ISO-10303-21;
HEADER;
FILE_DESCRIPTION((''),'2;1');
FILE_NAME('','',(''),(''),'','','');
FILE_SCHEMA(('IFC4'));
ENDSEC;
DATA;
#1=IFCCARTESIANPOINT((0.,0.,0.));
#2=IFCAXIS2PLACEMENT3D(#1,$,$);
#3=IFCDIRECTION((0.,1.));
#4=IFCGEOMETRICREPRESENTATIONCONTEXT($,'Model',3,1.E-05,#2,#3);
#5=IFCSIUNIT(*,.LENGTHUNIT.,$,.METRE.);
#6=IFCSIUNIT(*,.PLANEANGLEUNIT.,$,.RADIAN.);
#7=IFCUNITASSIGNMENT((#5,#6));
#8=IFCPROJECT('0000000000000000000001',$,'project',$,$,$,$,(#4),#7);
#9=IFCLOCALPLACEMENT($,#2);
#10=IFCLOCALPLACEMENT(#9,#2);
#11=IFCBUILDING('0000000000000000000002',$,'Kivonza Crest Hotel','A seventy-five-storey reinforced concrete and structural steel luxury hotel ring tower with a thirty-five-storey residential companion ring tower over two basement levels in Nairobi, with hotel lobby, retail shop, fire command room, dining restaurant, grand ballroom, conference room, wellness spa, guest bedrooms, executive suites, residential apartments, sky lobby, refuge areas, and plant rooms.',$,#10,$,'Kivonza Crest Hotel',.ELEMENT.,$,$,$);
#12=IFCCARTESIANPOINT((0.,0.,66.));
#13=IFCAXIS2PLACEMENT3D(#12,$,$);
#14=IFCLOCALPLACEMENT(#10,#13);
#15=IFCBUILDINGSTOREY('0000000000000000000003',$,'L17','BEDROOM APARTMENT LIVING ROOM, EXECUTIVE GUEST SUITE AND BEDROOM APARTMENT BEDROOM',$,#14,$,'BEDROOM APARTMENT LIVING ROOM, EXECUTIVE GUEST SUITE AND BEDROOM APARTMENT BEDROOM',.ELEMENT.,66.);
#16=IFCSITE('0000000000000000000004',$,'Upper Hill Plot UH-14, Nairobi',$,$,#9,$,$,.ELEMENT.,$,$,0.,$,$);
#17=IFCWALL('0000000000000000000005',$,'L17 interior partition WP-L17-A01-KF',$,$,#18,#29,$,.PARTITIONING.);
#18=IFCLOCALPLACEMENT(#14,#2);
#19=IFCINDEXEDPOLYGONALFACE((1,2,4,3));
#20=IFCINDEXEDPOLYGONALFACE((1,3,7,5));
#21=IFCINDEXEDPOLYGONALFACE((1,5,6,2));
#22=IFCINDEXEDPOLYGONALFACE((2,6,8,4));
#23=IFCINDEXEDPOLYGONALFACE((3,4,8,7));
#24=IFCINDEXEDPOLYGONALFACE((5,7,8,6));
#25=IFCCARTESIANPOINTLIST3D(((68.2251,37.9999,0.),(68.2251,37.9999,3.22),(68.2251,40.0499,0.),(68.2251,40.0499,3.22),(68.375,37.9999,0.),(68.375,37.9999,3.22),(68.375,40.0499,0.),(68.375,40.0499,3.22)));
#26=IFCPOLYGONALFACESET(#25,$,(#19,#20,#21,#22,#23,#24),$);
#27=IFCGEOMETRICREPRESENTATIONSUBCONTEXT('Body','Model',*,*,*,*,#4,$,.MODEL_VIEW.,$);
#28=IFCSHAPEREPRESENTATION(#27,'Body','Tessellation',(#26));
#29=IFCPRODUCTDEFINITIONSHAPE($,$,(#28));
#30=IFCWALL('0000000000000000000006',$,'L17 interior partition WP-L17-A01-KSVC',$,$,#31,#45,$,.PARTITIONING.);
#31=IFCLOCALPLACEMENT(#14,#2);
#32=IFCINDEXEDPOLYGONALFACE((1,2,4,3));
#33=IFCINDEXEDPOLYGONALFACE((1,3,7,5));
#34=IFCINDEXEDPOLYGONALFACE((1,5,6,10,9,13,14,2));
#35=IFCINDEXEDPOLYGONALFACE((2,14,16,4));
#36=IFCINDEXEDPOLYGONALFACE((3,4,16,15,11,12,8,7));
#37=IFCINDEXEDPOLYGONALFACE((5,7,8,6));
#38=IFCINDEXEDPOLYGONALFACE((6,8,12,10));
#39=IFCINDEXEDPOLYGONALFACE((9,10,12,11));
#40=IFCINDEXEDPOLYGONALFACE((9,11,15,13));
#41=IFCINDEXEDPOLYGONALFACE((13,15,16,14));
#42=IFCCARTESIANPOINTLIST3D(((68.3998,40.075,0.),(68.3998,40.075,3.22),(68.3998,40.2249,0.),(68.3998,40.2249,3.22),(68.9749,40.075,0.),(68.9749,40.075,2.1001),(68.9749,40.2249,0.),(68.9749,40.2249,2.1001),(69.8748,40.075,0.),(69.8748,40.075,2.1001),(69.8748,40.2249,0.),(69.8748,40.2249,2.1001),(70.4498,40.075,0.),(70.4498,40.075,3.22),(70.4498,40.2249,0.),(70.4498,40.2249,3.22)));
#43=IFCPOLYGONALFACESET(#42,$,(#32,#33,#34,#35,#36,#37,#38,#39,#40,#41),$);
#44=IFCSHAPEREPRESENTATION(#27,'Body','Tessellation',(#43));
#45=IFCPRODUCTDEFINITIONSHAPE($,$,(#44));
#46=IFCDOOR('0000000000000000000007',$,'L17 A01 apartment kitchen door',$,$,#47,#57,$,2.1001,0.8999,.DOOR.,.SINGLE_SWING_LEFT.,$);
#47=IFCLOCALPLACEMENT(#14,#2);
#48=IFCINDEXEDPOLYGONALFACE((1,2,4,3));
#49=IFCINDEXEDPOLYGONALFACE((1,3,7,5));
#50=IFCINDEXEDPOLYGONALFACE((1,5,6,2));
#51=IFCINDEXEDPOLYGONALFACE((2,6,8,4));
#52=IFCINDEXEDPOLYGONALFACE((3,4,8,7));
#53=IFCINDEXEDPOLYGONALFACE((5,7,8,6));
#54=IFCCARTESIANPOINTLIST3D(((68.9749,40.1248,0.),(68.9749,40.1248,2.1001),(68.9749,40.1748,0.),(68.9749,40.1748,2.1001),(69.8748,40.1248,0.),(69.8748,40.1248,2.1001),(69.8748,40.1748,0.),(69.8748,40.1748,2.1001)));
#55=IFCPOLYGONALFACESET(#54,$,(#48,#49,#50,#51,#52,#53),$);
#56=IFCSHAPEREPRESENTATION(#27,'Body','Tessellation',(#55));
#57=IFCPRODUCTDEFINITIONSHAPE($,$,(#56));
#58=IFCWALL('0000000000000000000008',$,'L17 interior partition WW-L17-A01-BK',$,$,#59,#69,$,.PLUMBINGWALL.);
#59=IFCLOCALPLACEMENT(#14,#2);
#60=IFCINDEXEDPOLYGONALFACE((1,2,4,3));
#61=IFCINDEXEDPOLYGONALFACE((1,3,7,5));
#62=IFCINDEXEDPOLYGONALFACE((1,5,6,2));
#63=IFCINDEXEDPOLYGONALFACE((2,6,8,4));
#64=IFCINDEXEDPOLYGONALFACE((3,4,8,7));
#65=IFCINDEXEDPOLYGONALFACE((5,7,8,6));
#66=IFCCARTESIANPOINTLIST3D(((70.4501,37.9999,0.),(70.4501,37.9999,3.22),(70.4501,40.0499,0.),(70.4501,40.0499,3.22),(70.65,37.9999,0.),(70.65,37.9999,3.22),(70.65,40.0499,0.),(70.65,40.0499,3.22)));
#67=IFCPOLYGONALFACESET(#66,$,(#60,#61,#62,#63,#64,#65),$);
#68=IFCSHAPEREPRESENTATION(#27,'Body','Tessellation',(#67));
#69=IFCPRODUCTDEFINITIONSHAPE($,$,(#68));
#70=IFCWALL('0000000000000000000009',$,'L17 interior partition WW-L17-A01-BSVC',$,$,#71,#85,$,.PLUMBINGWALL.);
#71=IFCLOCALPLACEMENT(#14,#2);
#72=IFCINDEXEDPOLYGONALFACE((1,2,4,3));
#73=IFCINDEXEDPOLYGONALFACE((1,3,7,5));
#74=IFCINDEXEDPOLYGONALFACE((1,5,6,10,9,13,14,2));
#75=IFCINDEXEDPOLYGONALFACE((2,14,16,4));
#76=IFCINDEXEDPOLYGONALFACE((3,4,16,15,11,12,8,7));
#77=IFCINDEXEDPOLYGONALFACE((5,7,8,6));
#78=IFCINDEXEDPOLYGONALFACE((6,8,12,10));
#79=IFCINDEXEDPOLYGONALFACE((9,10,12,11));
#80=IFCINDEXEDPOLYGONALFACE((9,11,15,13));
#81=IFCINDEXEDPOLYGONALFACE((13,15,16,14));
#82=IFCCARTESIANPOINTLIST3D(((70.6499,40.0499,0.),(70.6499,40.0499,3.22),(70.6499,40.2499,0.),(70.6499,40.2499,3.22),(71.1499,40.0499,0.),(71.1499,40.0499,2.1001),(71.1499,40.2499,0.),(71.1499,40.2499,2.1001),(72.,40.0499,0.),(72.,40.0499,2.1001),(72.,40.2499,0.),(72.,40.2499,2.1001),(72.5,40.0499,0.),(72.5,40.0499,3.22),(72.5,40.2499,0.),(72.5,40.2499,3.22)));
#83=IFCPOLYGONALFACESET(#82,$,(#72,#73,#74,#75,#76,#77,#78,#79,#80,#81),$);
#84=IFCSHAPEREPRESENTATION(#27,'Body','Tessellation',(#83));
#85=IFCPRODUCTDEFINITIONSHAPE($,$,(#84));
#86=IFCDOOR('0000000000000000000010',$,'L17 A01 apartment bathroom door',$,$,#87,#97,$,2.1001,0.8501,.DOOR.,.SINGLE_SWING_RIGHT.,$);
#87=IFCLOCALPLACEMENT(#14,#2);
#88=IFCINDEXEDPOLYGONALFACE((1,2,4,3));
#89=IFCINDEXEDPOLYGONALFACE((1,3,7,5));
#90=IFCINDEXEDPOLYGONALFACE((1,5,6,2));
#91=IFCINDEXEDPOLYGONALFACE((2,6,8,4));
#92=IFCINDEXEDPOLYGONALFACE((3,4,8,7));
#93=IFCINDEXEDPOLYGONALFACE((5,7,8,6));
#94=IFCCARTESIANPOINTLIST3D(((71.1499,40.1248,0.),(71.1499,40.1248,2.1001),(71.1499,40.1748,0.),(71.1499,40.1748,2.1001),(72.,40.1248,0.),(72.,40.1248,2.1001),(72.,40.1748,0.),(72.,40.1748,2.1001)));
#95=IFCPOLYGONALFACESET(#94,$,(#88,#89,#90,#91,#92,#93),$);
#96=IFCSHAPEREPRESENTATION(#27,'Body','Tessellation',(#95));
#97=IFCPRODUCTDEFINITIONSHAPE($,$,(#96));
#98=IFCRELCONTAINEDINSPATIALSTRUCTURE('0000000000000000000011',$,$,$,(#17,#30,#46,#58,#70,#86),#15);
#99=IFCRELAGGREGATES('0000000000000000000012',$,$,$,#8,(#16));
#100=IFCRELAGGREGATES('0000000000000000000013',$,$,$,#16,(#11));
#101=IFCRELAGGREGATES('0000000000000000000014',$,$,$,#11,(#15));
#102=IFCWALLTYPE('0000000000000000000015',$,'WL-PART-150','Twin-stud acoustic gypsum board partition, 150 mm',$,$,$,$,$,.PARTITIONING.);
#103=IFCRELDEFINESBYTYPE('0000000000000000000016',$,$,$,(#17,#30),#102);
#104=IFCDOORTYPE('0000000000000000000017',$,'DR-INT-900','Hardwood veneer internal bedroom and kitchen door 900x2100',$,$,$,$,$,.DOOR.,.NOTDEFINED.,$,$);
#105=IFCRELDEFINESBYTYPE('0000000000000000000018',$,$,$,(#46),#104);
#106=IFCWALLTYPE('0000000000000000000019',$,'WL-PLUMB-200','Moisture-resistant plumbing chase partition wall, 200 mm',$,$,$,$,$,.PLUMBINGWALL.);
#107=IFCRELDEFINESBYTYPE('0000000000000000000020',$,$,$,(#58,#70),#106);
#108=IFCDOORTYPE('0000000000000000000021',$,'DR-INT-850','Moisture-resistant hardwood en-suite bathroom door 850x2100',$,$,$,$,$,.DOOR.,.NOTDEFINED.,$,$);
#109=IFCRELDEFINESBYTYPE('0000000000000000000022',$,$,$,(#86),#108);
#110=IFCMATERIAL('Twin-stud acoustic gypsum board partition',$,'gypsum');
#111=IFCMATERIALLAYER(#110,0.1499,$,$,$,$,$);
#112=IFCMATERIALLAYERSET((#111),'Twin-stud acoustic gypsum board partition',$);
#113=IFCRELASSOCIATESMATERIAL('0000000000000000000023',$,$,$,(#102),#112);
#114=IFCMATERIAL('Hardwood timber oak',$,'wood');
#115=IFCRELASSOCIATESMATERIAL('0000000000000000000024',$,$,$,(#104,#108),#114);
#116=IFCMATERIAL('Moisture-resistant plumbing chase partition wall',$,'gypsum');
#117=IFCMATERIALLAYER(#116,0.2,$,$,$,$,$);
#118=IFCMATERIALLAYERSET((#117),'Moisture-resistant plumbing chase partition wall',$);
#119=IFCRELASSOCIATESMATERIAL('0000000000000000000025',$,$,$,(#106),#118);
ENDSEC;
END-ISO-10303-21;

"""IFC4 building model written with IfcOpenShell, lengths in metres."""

from ifc_helpers import new_model, si_unit, direction, frame, frame_2d, origin, place, context, subcontext, project, spatial, rectangle, extrude, material, layer, layer_set, type_object, element, fill, save


model = new_model("IFC4")

# Units and contexts
model_context = context("Model", 3, precision=1e-05, world=origin(), true_north=direction((0.0, 1.0)))
body_context = subcontext(model_context, "Body", "Model", "MODEL_VIEW")
ifc_project = project(units=[si_unit("LENGTHUNIT", "METRE"), si_unit("PLANEANGLEUNIT", "RADIAN")], contexts=[model_context])

# Site, building, storey
site_placement = place(None, origin())
site = spatial("IfcSite", under=ifc_project, at=site_placement, Name="Upper Hill Plot UH-14, Nairobi", CompositionType="ELEMENT", RefElevation=0.0)
building_placement = place(site_placement, origin())
building = spatial("IfcBuilding", under=site, at=building_placement, Name="Kivonza Crest Hotel", Description="A seventy-five-storey reinforced concrete and structural steel luxury hotel ring tower with a thirty-five-storey residential companion ring tower over two basement levels in Nairobi, with hotel lobby, retail shop, fire command room, dining restaurant, grand ballroom, conference room, wellness spa, guest bedrooms, executive suites, residential apartments, sky lobby, refuge areas, and plant rooms.", LongName="Kivonza Crest Hotel", CompositionType="ELEMENT")
storey_placement = place(building_placement, frame((0.0, 0.0, 66.0)))
storey = spatial("IfcBuildingStorey", under=building, at=storey_placement, Name="L17", Description="BEDROOM APARTMENT LIVING ROOM, EXECUTIVE GUEST SUITE AND BEDROOM APARTMENT BEDROOM", LongName="BEDROOM APARTMENT LIVING ROOM, EXECUTIVE GUEST SUITE AND BEDROOM APARTMENT BEDROOM", CompositionType="ELEMENT", Elevation=66.0)

# Shared definitions
ifc_material_1 = material(Name="Hardwood timber oak", Category="wood")

# Wall
ifc_material_2 = material(Name="Twin-stud acoustic gypsum board partition", Category="gypsum")
ifc_layer_1 = layer(ifc_material_2, 0.1499)
ifc_layer_set_1 = layer_set([ifc_layer_1], Name="Twin-stud acoustic gypsum board partition")
wall_type_1 = type_object("IfcWallType", Name="WL-PART-150", Description="Twin-stud acoustic gypsum board partition, 150 mm", PredefinedType="PARTITIONING", material=ifc_layer_set_1)
wall_1_placement = place(storey_placement, frame((68.3, 38.0, 0.0), z_axis=(0.0, 0.0, 1.0), x_axis=(0.0, 1.0, 0.0)))
element("IfcWall", 1, at=wall_1_placement, inside=storey, type_object=wall_type_1, Name="L17 interior partition WP-L17-A01-KF", PredefinedType="PARTITIONING", context=body_context, shape_type="SweptSolid", body=[
    extrude(rectangle(XDim=2.05, YDim=0.1499, at=frame_2d((1.0249, 0.0))), origin(), (0.0, 0.0, 1.0), 3.22),
])

# Wall, opening, door
wall_2_placement = place(storey_placement, frame((68.3999, 40.1499, 0.0), z_axis=(0.0, 0.0, 1.0), x_axis=(1.0, 0.0, 0.0)))
wall_2 = element("IfcWall", 2, at=wall_2_placement, inside=storey, type_object=wall_type_1, Name="L17 interior partition WP-L17-A01-KSVC", PredefinedType="PARTITIONING", context=body_context, shape_type="SweptSolid", body=[
    extrude(rectangle(XDim=2.05, YDim=0.1499, at=frame_2d((1.0249, 0.0))), origin(), (0.0, 0.0, 1.0), 3.22),
])
opening_1_placement = place(wall_2_placement, frame((0.575, 0.0, 0.0)))
opening_1 = element("IfcOpeningElement", 3, at=opening_1_placement, cuts=wall_2, PredefinedType="OPENING", context=body_context, shape_type="SweptSolid", body=[
    extrude(rectangle(XDim=0.8999, YDim=2.1001, at=frame_2d((0.45, 1.05))), frame((0.0, 0.085, 0.0), z_axis=(0.0, -1.0, 0.0), x_axis=(1.0, 0.0, 0.0)), (0.0, 0.0, 1.0), 0.1699),
])
door_type_1 = type_object("IfcDoorType", Name="DR-INT-900", Description="Hardwood veneer internal bedroom and kitchen door 900x2100", OperationType="NOTDEFINED", PredefinedType="DOOR", material=ifc_material_1)
door_1_placement = place(opening_1_placement, origin())
door_1 = element("IfcDoor", 4, at=door_1_placement, inside=storey, type_object=door_type_1, Name="L17 A01 apartment kitchen door", OperationType="SINGLE_SWING_LEFT", OverallHeight=2.1001, OverallWidth=0.8999, PredefinedType="DOOR", context=body_context, shape_type="SweptSolid", body=[
    extrude(rectangle(XDim=0.8999, YDim=2.1001, at=frame_2d((0.45, 1.05))), frame((0.0, 0.0249, 0.0), z_axis=(0.0, -1.0, 0.0), x_axis=(1.0, 0.0, 0.0)), (0.0, 0.0, 1.0), 0.05),
])
fill(opening_1, door_1)

# Wall
ifc_material_3 = material(Name="Moisture-resistant plumbing chase partition wall", Category="gypsum")
ifc_layer_2 = layer(ifc_material_3, 0.2)
ifc_layer_set_2 = layer_set([ifc_layer_2], Name="Moisture-resistant plumbing chase partition wall")
wall_type_2 = type_object("IfcWallType", Name="WL-PLUMB-200", Description="Moisture-resistant plumbing chase partition wall, 200 mm", PredefinedType="PLUMBINGWALL", material=ifc_layer_set_2)
wall_3_placement = place(storey_placement, frame((70.55, 38.0, 0.0), z_axis=(0.0, 0.0, 1.0), x_axis=(0.0, 1.0, 0.0)))
element("IfcWall", 5, at=wall_3_placement, inside=storey, type_object=wall_type_2, Name="L17 interior partition WW-L17-A01-BK", PredefinedType="PLUMBINGWALL", context=body_context, shape_type="SweptSolid", body=[
    extrude(rectangle(XDim=2.05, YDim=0.2, at=frame_2d((1.0249, 0.0))), origin(), (0.0, 0.0, 1.0), 3.22),
])

# Wall, opening, door
wall_4_placement = place(storey_placement, frame((70.6499, 40.1499, 0.0), z_axis=(0.0, 0.0, 1.0), x_axis=(1.0, 0.0, 0.0)))
wall_4 = element("IfcWall", 6, at=wall_4_placement, inside=storey, type_object=wall_type_2, Name="L17 interior partition WW-L17-A01-BSVC", PredefinedType="PLUMBINGWALL", context=body_context, shape_type="SweptSolid", body=[
    extrude(rectangle(XDim=1.8501, YDim=0.2, at=frame_2d((0.925, 0.0))), origin(), (0.0, 0.0, 1.0), 3.22),
])
opening_2_placement = place(wall_4_placement, frame((0.5, 0.0, 0.0)))
opening_2 = element("IfcOpeningElement", 7, at=opening_2_placement, cuts=wall_4, PredefinedType="OPENING", context=body_context, shape_type="SweptSolid", body=[
    extrude(rectangle(XDim=0.8501, YDim=2.1001, at=frame_2d((0.425, 1.05))), frame((0.0, 0.1099, 0.0), z_axis=(0.0, -1.0, 0.0), x_axis=(1.0, 0.0, 0.0)), (0.0, 0.0, 1.0), 0.22),
])
door_type_2 = type_object("IfcDoorType", Name="DR-INT-850", Description="Moisture-resistant hardwood en-suite bathroom door 850x2100", OperationType="NOTDEFINED", PredefinedType="DOOR", material=ifc_material_1)
door_2_placement = place(opening_2_placement, origin())
door_2 = element("IfcDoor", 8, at=door_2_placement, inside=storey, type_object=door_type_2, Name="L17 A01 apartment bathroom door", OperationType="SINGLE_SWING_RIGHT", OverallHeight=2.1001, OverallWidth=0.8501, PredefinedType="DOOR", context=body_context, shape_type="SweptSolid", body=[
    extrude(rectangle(XDim=0.8501, YDim=2.1001, at=frame_2d((0.425, 1.05))), frame((0.0, 0.0249, 0.0), z_axis=(0.0, -1.0, 0.0), x_axis=(1.0, 0.0, 0.0)), (0.0, 0.0, 1.0), 0.05),
])
fill(opening_2, door_2)

save(model, "model.ifc")
